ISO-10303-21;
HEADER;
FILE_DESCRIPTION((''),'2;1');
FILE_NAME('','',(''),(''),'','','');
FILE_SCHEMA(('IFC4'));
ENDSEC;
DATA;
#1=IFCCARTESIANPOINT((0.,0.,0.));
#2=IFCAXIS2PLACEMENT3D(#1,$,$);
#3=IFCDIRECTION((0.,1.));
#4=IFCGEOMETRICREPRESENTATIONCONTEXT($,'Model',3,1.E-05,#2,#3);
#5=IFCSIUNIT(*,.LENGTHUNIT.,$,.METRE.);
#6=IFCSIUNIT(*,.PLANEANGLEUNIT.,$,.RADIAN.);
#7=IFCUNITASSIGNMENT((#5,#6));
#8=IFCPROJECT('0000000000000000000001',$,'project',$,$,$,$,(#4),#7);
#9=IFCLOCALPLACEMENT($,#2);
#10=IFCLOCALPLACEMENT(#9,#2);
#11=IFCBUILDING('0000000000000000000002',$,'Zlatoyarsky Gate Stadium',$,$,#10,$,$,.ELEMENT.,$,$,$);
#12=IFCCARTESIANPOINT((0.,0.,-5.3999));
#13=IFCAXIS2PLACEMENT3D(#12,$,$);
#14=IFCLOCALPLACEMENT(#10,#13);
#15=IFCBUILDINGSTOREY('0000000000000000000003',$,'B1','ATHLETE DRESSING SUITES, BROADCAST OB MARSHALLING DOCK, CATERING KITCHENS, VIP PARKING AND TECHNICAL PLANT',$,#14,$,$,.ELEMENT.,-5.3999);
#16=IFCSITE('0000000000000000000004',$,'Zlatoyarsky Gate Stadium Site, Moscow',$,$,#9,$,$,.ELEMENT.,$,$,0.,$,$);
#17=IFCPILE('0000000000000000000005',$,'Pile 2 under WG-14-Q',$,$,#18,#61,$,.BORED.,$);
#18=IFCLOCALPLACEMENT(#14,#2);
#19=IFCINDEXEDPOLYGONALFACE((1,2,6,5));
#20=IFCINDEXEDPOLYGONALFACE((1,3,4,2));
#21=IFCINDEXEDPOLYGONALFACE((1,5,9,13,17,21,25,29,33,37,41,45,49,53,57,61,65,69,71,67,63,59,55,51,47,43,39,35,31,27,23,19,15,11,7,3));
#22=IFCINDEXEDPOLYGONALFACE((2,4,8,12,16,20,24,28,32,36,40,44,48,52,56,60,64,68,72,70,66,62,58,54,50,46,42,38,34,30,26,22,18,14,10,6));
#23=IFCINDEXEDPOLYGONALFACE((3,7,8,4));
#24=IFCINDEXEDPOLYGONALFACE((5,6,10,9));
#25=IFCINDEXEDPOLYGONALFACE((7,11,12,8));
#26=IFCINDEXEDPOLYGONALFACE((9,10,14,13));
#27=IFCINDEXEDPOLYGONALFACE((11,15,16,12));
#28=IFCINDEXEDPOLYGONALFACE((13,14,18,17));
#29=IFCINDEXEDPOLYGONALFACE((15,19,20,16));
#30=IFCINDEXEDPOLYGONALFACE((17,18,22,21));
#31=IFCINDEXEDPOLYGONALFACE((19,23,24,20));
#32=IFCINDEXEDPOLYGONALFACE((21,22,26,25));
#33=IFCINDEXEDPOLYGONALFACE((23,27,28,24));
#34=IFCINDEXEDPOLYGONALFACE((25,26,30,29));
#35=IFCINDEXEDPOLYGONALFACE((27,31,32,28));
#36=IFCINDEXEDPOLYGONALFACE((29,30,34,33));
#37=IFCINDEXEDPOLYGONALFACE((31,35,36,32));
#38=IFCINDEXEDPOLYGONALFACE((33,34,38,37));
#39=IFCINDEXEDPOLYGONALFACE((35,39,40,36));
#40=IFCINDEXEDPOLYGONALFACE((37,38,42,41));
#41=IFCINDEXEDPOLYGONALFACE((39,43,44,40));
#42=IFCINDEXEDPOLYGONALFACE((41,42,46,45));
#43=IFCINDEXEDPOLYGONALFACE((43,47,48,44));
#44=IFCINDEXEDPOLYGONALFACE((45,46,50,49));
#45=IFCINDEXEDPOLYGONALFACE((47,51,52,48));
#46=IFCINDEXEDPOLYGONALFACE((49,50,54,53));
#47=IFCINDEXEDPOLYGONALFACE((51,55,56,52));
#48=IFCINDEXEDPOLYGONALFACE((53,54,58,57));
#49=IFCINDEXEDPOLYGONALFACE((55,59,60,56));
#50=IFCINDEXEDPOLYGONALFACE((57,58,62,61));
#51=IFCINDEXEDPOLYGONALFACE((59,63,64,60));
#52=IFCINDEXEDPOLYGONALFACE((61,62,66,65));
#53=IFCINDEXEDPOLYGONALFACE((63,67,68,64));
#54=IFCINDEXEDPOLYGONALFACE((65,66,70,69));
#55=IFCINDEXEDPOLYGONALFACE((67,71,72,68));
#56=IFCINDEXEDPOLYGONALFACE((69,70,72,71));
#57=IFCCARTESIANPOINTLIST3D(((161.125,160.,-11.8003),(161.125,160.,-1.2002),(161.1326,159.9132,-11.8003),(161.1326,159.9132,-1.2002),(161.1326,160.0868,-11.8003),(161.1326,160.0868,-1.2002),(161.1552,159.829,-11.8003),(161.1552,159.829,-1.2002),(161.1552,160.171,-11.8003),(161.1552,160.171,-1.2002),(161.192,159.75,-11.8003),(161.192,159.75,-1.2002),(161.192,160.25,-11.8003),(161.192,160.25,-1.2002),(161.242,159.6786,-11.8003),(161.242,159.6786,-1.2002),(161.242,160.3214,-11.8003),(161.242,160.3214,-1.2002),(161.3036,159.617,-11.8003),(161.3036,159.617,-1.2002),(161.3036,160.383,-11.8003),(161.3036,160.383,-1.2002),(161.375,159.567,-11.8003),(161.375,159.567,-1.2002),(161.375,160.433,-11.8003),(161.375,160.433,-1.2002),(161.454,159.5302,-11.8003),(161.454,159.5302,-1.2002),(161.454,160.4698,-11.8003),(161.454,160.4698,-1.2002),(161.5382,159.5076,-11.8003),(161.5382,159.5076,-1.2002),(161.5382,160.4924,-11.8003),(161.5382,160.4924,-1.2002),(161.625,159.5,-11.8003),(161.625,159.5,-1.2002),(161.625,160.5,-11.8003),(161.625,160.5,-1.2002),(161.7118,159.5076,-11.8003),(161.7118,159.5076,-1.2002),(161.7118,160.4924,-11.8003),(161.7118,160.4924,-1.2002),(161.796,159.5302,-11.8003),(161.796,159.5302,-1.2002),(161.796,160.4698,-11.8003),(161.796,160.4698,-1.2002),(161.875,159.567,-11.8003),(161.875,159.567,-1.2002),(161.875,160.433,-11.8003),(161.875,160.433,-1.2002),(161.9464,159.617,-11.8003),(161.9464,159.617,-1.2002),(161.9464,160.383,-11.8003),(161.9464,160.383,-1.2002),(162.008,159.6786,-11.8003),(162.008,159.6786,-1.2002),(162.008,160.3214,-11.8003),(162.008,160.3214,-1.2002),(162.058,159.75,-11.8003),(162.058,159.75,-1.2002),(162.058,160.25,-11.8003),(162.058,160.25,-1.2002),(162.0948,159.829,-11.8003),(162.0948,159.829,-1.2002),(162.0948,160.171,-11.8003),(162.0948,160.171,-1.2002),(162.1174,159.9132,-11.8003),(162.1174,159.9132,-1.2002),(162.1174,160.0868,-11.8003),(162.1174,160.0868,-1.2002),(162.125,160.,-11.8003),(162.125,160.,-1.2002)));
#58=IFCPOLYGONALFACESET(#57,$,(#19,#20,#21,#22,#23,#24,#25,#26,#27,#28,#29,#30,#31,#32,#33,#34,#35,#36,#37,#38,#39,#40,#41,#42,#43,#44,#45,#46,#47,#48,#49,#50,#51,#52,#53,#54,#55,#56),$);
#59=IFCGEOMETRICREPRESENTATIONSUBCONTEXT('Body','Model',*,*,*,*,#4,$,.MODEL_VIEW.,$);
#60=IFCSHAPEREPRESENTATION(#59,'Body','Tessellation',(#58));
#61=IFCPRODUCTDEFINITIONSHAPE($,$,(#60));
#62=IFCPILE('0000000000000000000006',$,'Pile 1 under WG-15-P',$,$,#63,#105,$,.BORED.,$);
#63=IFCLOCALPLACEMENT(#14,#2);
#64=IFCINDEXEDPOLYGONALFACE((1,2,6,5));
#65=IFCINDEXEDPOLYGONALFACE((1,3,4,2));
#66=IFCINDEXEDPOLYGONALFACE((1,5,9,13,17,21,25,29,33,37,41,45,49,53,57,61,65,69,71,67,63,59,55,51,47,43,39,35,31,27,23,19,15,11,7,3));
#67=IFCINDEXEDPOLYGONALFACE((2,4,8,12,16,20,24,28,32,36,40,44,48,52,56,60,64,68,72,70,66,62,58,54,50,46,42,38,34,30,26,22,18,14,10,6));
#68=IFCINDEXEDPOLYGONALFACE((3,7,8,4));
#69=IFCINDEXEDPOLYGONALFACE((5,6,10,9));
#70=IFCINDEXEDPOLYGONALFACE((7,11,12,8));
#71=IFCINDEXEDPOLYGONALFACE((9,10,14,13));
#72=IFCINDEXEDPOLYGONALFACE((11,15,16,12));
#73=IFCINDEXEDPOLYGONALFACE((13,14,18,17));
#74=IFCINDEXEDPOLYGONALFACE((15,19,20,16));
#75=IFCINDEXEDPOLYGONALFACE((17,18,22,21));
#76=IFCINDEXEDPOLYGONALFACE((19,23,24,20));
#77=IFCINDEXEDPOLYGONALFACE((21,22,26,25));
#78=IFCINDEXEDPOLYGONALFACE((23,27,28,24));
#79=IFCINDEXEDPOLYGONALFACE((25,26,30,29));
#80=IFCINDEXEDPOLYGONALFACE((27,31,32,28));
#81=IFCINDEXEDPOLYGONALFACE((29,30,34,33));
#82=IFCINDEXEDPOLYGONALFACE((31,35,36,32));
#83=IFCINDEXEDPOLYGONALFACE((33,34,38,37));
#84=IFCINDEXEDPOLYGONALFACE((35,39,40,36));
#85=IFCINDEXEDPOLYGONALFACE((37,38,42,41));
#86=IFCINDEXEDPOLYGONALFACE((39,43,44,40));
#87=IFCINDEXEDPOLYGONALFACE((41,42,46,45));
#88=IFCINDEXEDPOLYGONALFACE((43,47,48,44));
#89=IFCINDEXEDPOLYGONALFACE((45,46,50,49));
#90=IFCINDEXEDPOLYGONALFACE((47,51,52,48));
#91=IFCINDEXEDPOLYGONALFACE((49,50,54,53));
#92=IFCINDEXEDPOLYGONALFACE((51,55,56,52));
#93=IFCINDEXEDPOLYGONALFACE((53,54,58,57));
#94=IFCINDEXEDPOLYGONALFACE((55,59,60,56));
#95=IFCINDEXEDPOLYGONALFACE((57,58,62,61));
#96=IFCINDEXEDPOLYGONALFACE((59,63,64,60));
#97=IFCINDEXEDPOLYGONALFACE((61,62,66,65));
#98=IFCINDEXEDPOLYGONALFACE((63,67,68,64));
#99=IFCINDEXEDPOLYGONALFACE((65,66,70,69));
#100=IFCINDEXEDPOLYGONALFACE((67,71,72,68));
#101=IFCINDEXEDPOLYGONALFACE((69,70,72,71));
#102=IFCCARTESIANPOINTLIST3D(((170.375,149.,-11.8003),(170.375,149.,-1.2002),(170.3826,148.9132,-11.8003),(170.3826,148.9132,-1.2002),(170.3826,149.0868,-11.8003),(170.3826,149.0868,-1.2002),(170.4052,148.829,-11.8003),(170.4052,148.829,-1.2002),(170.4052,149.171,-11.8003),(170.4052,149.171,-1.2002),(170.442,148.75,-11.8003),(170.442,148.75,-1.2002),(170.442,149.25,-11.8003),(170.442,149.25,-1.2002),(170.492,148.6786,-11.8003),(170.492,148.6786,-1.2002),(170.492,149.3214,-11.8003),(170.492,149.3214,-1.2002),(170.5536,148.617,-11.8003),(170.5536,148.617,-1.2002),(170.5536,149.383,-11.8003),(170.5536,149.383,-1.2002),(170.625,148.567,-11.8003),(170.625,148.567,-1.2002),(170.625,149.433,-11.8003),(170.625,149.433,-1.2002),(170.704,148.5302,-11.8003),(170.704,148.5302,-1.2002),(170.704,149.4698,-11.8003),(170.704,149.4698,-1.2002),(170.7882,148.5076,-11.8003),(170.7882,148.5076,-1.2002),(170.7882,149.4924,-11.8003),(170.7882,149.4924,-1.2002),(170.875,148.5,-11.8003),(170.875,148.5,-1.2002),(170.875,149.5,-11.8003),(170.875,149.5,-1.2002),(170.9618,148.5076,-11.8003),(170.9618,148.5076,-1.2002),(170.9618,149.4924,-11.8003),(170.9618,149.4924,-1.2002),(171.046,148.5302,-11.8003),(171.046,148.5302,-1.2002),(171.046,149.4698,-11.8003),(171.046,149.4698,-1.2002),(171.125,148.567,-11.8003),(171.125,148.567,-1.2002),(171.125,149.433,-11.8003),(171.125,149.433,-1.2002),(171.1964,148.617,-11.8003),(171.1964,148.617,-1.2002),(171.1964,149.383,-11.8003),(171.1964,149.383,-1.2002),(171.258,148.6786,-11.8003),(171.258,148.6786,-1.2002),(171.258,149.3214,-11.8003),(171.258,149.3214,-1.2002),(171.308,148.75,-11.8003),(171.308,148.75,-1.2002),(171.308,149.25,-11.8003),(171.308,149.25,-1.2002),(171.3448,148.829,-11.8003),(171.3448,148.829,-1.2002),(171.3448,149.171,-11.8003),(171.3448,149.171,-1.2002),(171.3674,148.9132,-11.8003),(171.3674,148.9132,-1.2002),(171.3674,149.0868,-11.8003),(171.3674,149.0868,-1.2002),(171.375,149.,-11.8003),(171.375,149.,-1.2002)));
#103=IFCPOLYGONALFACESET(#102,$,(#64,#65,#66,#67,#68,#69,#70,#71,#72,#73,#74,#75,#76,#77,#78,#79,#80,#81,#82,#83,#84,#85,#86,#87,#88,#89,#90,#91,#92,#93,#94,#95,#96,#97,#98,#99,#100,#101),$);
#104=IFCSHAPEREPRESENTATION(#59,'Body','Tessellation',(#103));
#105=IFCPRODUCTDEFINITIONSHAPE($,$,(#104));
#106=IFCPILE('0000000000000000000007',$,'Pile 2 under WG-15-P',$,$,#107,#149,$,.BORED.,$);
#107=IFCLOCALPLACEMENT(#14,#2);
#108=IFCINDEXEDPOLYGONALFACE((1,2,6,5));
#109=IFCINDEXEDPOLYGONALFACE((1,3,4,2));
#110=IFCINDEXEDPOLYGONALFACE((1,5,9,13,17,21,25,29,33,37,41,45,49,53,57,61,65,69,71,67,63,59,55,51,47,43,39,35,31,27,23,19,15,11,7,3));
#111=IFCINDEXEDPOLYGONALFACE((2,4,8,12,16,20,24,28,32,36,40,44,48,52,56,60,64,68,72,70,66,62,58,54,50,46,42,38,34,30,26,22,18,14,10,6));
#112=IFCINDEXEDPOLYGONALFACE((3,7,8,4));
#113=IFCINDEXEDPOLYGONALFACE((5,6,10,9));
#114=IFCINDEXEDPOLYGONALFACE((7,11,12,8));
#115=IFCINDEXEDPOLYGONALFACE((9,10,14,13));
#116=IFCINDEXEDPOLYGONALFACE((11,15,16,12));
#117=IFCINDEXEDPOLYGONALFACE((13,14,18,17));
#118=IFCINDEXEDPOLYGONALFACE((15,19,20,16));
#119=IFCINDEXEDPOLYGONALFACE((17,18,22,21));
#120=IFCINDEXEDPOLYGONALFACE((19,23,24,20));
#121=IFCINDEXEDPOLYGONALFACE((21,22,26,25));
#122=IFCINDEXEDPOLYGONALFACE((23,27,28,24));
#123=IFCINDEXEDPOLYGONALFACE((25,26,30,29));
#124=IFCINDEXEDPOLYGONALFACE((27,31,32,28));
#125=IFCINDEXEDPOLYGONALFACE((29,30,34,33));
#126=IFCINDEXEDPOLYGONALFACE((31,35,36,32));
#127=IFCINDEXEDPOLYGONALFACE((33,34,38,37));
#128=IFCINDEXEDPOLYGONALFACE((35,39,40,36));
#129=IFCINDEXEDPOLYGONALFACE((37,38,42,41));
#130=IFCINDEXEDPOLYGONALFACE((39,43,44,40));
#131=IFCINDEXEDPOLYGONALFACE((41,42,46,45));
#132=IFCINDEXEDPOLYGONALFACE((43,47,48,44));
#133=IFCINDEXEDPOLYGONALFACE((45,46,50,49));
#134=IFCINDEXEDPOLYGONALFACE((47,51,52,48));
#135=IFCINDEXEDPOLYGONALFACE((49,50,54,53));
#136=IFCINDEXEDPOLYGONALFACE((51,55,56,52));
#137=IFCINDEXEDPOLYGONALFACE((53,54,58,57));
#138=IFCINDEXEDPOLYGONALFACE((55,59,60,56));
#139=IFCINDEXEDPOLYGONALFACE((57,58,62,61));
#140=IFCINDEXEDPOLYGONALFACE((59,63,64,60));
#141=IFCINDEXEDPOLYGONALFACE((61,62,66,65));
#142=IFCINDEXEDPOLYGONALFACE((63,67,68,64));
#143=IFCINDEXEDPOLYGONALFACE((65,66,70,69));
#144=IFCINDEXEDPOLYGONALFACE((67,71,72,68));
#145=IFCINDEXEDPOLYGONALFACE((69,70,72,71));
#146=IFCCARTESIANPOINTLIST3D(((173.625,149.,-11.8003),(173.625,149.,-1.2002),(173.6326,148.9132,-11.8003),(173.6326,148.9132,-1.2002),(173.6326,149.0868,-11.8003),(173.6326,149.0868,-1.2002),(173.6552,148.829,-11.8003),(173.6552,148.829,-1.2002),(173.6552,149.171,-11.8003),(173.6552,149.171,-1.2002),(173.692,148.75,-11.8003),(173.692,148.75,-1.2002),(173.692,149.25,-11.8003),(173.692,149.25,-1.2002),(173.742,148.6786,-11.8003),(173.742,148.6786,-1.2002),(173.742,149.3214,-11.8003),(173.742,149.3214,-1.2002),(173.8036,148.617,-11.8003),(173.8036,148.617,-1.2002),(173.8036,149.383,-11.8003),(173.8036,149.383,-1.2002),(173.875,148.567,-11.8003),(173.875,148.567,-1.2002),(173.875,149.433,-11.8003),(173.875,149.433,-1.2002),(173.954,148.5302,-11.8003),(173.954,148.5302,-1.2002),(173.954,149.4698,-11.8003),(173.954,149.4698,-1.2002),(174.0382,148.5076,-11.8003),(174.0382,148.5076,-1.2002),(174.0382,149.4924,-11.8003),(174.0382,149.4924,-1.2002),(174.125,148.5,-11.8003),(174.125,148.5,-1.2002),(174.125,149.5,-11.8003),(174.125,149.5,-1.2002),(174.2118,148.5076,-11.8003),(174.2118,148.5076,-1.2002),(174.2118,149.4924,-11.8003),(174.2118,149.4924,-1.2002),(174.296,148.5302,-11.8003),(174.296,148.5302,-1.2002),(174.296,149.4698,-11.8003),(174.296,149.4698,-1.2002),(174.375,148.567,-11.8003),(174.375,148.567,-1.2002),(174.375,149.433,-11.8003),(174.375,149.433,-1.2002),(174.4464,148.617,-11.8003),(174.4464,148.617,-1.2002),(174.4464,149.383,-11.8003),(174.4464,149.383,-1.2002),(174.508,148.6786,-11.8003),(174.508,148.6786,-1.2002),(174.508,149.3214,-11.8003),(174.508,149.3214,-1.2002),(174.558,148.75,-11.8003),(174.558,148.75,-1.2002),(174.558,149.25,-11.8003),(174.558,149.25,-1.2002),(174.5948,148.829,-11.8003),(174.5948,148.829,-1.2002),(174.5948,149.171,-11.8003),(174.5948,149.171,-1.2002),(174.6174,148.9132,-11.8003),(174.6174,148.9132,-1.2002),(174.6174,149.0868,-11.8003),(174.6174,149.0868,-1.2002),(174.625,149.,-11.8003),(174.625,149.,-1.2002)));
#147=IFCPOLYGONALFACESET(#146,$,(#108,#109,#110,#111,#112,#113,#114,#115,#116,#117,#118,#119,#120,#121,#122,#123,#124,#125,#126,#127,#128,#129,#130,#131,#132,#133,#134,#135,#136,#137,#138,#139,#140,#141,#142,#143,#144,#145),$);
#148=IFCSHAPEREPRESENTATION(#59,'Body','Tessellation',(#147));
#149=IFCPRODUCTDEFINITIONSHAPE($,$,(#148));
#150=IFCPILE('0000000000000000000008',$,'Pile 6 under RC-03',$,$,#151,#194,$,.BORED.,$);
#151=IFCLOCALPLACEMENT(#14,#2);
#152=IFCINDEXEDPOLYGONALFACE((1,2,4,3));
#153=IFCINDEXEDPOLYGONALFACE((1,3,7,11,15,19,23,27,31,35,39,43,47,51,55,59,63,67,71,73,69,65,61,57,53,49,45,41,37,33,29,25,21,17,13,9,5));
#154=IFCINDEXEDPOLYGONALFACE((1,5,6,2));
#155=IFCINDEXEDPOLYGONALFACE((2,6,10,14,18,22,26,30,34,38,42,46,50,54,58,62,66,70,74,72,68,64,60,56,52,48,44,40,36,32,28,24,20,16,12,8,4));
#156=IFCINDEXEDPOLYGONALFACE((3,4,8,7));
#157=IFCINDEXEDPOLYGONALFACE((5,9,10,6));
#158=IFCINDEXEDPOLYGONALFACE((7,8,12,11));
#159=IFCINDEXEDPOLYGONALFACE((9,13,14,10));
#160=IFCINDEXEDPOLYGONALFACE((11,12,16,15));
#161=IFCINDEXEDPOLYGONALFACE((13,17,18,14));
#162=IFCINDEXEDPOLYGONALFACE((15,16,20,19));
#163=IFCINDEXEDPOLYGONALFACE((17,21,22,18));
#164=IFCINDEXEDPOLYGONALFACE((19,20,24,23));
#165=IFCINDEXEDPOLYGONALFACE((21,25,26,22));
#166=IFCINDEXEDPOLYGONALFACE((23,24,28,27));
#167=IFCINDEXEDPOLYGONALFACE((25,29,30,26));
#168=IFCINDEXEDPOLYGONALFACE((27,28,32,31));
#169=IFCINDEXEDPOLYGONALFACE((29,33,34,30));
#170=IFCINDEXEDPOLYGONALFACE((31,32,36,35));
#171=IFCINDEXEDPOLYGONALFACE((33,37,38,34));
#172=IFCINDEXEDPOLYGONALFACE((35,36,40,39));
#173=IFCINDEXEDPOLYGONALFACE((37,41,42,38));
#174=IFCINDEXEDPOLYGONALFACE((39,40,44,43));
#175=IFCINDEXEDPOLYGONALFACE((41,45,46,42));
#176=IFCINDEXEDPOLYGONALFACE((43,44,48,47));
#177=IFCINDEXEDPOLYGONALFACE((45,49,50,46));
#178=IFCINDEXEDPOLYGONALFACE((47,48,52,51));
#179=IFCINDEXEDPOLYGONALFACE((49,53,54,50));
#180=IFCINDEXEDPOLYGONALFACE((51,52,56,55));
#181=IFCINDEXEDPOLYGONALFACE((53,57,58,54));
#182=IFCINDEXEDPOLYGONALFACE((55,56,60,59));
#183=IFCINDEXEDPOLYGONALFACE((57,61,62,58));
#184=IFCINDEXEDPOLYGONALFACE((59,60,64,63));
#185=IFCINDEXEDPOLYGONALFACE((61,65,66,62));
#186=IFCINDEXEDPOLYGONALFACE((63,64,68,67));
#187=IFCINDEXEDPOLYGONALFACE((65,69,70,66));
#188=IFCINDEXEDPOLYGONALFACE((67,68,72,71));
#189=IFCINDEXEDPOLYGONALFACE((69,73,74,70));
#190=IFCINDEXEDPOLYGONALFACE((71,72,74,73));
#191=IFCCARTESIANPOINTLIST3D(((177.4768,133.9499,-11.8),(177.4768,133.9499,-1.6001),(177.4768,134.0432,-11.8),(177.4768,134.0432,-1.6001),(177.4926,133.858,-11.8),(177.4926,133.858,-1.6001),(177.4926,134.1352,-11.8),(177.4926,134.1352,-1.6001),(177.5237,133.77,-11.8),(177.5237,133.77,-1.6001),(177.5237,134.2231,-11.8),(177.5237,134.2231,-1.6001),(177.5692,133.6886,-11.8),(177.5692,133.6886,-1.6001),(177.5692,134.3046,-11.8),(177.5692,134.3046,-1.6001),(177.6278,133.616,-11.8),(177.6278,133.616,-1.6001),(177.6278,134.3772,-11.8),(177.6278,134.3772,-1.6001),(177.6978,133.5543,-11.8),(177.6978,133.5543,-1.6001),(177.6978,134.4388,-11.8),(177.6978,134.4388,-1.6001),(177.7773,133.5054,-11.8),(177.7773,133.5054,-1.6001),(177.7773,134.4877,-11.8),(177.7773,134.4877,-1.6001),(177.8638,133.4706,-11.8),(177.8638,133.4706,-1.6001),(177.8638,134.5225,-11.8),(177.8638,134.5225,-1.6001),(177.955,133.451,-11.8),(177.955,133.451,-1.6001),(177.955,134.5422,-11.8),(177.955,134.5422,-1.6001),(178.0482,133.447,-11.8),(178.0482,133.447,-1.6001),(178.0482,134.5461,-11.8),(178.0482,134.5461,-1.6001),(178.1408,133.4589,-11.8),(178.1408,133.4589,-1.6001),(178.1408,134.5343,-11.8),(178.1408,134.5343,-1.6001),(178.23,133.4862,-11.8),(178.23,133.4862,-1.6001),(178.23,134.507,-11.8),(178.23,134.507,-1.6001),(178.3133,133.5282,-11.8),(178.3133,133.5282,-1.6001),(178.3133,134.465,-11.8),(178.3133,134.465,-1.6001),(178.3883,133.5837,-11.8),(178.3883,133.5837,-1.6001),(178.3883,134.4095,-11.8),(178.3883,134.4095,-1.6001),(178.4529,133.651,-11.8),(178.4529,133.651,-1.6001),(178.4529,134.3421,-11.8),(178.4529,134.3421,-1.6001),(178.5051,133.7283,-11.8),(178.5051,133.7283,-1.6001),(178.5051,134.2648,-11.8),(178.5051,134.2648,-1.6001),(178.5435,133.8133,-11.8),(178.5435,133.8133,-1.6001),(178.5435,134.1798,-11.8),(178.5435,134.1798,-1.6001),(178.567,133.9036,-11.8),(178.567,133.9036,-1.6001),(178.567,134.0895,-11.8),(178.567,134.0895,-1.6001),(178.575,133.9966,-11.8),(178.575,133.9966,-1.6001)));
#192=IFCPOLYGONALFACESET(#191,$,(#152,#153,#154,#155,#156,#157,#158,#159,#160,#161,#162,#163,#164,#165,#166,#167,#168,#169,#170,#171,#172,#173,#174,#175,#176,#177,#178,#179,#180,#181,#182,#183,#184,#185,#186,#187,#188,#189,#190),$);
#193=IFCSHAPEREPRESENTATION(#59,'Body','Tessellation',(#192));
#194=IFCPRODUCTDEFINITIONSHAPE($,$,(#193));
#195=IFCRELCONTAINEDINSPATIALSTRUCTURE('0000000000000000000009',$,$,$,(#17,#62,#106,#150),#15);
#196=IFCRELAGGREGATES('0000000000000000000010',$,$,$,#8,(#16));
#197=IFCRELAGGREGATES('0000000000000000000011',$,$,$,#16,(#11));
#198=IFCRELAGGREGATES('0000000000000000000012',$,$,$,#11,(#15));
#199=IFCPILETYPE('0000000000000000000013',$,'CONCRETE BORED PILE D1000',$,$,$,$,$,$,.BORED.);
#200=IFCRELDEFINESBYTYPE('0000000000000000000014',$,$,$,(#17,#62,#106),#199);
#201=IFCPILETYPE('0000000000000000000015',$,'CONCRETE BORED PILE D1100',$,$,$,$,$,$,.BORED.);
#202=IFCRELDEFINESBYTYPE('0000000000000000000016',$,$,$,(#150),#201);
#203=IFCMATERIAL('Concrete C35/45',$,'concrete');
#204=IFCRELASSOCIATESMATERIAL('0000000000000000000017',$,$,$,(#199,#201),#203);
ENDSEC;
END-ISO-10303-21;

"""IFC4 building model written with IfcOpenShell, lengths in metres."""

from ifc_helpers import new_model, si_unit, direction, frame, origin, origin_2d, place, context, subcontext, project, spatial, circle, extrude, material, material_profile, profile_set, type_object, element, save


model = new_model("IFC4")

# Units and contexts
model_context = context("Model", 3, precision=1e-05, world=origin(), true_north=direction((0.0, 1.0)))
body_context = subcontext(model_context, "Body", "Model", "MODEL_VIEW")
ifc_project = project(units=[si_unit("LENGTHUNIT", "METRE"), si_unit("PLANEANGLEUNIT", "RADIAN")], contexts=[model_context])

# Site, building, storey
site_placement = place(None, origin())
site = spatial("IfcSite", under=ifc_project, at=site_placement, Name="Zlatoyarsky Gate Stadium Site, Moscow", CompositionType="ELEMENT", RefElevation=0.0)
building_placement = place(site_placement, origin())
building = spatial("IfcBuilding", under=site, at=building_placement, Name="Zlatoyarsky Gate Stadium", CompositionType="ELEMENT")
storey_placement = place(building_placement, frame((0.0, 0.0, -5.3999)))
storey = spatial("IfcBuildingStorey", under=building, at=storey_placement, Name="B1", Description="ATHLETE DRESSING SUITES, BROADCAST OB MARSHALLING DOCK, CATERING KITCHENS, VIP PARKING AND TECHNICAL PLANT", CompositionType="ELEMENT", Elevation=-5.3999)

# Piles
ifc_material_1 = material(Name="Concrete C35/45", Category="concrete")
ifc_material_profile_1 = material_profile(ifc_material_1, circle(Radius=0.5, at=origin_2d()), Name="BORED PILE D1000")
ifc_profile_set_1 = profile_set([ifc_material_profile_1], Name="Concrete C35/45")
pile_type_1 = type_object("IfcPileType", Name="CONCRETE BORED PILE D1000", PredefinedType="BORED", material=ifc_profile_set_1)
for number, where, z_axis, x_axis, name in (
    (1, (161.625, 160.0, -1.2002), (0.0, 0.0, -1.0), (1.0, 0.0, 0.0), "Pile 2 under WG-14-Q"),
    (2, (170.875, 149.0, -1.2002), (0.0, 0.0, -1.0), (1.0, 0.0, 0.0), "Pile 1 under WG-15-P"),
    (3, (174.125, 149.0, -1.2002), (0.0, 0.0, -1.0), (1.0, 0.0, 0.0), "Pile 2 under WG-15-P"),
):
    element("IfcPile", number, at=place(storey_placement, frame(where, z_axis=z_axis, x_axis=x_axis)), inside=storey, type_object=pile_type_1, Name=name, PredefinedType="BORED", context=body_context, shape_type="SweptSolid", body=[
        extrude(circle(Radius=0.5, at=origin_2d()), origin(), (0.0, 0.0, 1.0), 10.6001),
    ])
ifc_material_profile_2 = material_profile(ifc_material_1, circle(Radius=0.55, at=origin_2d()), Name="BORED PILE D1100")
ifc_profile_set_2 = profile_set([ifc_material_profile_2], Name="Concrete C35/45")
pile_type_2 = type_object("IfcPileType", Name="CONCRETE BORED PILE D1100", PredefinedType="BORED", material=ifc_profile_set_2)
pile_placement = place(storey_placement, frame((178.0249, 133.9966, -1.6001), z_axis=(0.0, 0.0, -1.0), x_axis=(1.0, 0.0, 0.0)))
element("IfcPile", 4, at=pile_placement, inside=storey, type_object=pile_type_2, Name="Pile 6 under RC-03", PredefinedType="BORED", context=body_context, shape_type="SweptSolid", body=[
    extrude(circle(Radius=0.55, at=origin_2d()), origin(), (0.0, 0.0, 1.0), 10.2),
])

save(model, "model.ifc")
